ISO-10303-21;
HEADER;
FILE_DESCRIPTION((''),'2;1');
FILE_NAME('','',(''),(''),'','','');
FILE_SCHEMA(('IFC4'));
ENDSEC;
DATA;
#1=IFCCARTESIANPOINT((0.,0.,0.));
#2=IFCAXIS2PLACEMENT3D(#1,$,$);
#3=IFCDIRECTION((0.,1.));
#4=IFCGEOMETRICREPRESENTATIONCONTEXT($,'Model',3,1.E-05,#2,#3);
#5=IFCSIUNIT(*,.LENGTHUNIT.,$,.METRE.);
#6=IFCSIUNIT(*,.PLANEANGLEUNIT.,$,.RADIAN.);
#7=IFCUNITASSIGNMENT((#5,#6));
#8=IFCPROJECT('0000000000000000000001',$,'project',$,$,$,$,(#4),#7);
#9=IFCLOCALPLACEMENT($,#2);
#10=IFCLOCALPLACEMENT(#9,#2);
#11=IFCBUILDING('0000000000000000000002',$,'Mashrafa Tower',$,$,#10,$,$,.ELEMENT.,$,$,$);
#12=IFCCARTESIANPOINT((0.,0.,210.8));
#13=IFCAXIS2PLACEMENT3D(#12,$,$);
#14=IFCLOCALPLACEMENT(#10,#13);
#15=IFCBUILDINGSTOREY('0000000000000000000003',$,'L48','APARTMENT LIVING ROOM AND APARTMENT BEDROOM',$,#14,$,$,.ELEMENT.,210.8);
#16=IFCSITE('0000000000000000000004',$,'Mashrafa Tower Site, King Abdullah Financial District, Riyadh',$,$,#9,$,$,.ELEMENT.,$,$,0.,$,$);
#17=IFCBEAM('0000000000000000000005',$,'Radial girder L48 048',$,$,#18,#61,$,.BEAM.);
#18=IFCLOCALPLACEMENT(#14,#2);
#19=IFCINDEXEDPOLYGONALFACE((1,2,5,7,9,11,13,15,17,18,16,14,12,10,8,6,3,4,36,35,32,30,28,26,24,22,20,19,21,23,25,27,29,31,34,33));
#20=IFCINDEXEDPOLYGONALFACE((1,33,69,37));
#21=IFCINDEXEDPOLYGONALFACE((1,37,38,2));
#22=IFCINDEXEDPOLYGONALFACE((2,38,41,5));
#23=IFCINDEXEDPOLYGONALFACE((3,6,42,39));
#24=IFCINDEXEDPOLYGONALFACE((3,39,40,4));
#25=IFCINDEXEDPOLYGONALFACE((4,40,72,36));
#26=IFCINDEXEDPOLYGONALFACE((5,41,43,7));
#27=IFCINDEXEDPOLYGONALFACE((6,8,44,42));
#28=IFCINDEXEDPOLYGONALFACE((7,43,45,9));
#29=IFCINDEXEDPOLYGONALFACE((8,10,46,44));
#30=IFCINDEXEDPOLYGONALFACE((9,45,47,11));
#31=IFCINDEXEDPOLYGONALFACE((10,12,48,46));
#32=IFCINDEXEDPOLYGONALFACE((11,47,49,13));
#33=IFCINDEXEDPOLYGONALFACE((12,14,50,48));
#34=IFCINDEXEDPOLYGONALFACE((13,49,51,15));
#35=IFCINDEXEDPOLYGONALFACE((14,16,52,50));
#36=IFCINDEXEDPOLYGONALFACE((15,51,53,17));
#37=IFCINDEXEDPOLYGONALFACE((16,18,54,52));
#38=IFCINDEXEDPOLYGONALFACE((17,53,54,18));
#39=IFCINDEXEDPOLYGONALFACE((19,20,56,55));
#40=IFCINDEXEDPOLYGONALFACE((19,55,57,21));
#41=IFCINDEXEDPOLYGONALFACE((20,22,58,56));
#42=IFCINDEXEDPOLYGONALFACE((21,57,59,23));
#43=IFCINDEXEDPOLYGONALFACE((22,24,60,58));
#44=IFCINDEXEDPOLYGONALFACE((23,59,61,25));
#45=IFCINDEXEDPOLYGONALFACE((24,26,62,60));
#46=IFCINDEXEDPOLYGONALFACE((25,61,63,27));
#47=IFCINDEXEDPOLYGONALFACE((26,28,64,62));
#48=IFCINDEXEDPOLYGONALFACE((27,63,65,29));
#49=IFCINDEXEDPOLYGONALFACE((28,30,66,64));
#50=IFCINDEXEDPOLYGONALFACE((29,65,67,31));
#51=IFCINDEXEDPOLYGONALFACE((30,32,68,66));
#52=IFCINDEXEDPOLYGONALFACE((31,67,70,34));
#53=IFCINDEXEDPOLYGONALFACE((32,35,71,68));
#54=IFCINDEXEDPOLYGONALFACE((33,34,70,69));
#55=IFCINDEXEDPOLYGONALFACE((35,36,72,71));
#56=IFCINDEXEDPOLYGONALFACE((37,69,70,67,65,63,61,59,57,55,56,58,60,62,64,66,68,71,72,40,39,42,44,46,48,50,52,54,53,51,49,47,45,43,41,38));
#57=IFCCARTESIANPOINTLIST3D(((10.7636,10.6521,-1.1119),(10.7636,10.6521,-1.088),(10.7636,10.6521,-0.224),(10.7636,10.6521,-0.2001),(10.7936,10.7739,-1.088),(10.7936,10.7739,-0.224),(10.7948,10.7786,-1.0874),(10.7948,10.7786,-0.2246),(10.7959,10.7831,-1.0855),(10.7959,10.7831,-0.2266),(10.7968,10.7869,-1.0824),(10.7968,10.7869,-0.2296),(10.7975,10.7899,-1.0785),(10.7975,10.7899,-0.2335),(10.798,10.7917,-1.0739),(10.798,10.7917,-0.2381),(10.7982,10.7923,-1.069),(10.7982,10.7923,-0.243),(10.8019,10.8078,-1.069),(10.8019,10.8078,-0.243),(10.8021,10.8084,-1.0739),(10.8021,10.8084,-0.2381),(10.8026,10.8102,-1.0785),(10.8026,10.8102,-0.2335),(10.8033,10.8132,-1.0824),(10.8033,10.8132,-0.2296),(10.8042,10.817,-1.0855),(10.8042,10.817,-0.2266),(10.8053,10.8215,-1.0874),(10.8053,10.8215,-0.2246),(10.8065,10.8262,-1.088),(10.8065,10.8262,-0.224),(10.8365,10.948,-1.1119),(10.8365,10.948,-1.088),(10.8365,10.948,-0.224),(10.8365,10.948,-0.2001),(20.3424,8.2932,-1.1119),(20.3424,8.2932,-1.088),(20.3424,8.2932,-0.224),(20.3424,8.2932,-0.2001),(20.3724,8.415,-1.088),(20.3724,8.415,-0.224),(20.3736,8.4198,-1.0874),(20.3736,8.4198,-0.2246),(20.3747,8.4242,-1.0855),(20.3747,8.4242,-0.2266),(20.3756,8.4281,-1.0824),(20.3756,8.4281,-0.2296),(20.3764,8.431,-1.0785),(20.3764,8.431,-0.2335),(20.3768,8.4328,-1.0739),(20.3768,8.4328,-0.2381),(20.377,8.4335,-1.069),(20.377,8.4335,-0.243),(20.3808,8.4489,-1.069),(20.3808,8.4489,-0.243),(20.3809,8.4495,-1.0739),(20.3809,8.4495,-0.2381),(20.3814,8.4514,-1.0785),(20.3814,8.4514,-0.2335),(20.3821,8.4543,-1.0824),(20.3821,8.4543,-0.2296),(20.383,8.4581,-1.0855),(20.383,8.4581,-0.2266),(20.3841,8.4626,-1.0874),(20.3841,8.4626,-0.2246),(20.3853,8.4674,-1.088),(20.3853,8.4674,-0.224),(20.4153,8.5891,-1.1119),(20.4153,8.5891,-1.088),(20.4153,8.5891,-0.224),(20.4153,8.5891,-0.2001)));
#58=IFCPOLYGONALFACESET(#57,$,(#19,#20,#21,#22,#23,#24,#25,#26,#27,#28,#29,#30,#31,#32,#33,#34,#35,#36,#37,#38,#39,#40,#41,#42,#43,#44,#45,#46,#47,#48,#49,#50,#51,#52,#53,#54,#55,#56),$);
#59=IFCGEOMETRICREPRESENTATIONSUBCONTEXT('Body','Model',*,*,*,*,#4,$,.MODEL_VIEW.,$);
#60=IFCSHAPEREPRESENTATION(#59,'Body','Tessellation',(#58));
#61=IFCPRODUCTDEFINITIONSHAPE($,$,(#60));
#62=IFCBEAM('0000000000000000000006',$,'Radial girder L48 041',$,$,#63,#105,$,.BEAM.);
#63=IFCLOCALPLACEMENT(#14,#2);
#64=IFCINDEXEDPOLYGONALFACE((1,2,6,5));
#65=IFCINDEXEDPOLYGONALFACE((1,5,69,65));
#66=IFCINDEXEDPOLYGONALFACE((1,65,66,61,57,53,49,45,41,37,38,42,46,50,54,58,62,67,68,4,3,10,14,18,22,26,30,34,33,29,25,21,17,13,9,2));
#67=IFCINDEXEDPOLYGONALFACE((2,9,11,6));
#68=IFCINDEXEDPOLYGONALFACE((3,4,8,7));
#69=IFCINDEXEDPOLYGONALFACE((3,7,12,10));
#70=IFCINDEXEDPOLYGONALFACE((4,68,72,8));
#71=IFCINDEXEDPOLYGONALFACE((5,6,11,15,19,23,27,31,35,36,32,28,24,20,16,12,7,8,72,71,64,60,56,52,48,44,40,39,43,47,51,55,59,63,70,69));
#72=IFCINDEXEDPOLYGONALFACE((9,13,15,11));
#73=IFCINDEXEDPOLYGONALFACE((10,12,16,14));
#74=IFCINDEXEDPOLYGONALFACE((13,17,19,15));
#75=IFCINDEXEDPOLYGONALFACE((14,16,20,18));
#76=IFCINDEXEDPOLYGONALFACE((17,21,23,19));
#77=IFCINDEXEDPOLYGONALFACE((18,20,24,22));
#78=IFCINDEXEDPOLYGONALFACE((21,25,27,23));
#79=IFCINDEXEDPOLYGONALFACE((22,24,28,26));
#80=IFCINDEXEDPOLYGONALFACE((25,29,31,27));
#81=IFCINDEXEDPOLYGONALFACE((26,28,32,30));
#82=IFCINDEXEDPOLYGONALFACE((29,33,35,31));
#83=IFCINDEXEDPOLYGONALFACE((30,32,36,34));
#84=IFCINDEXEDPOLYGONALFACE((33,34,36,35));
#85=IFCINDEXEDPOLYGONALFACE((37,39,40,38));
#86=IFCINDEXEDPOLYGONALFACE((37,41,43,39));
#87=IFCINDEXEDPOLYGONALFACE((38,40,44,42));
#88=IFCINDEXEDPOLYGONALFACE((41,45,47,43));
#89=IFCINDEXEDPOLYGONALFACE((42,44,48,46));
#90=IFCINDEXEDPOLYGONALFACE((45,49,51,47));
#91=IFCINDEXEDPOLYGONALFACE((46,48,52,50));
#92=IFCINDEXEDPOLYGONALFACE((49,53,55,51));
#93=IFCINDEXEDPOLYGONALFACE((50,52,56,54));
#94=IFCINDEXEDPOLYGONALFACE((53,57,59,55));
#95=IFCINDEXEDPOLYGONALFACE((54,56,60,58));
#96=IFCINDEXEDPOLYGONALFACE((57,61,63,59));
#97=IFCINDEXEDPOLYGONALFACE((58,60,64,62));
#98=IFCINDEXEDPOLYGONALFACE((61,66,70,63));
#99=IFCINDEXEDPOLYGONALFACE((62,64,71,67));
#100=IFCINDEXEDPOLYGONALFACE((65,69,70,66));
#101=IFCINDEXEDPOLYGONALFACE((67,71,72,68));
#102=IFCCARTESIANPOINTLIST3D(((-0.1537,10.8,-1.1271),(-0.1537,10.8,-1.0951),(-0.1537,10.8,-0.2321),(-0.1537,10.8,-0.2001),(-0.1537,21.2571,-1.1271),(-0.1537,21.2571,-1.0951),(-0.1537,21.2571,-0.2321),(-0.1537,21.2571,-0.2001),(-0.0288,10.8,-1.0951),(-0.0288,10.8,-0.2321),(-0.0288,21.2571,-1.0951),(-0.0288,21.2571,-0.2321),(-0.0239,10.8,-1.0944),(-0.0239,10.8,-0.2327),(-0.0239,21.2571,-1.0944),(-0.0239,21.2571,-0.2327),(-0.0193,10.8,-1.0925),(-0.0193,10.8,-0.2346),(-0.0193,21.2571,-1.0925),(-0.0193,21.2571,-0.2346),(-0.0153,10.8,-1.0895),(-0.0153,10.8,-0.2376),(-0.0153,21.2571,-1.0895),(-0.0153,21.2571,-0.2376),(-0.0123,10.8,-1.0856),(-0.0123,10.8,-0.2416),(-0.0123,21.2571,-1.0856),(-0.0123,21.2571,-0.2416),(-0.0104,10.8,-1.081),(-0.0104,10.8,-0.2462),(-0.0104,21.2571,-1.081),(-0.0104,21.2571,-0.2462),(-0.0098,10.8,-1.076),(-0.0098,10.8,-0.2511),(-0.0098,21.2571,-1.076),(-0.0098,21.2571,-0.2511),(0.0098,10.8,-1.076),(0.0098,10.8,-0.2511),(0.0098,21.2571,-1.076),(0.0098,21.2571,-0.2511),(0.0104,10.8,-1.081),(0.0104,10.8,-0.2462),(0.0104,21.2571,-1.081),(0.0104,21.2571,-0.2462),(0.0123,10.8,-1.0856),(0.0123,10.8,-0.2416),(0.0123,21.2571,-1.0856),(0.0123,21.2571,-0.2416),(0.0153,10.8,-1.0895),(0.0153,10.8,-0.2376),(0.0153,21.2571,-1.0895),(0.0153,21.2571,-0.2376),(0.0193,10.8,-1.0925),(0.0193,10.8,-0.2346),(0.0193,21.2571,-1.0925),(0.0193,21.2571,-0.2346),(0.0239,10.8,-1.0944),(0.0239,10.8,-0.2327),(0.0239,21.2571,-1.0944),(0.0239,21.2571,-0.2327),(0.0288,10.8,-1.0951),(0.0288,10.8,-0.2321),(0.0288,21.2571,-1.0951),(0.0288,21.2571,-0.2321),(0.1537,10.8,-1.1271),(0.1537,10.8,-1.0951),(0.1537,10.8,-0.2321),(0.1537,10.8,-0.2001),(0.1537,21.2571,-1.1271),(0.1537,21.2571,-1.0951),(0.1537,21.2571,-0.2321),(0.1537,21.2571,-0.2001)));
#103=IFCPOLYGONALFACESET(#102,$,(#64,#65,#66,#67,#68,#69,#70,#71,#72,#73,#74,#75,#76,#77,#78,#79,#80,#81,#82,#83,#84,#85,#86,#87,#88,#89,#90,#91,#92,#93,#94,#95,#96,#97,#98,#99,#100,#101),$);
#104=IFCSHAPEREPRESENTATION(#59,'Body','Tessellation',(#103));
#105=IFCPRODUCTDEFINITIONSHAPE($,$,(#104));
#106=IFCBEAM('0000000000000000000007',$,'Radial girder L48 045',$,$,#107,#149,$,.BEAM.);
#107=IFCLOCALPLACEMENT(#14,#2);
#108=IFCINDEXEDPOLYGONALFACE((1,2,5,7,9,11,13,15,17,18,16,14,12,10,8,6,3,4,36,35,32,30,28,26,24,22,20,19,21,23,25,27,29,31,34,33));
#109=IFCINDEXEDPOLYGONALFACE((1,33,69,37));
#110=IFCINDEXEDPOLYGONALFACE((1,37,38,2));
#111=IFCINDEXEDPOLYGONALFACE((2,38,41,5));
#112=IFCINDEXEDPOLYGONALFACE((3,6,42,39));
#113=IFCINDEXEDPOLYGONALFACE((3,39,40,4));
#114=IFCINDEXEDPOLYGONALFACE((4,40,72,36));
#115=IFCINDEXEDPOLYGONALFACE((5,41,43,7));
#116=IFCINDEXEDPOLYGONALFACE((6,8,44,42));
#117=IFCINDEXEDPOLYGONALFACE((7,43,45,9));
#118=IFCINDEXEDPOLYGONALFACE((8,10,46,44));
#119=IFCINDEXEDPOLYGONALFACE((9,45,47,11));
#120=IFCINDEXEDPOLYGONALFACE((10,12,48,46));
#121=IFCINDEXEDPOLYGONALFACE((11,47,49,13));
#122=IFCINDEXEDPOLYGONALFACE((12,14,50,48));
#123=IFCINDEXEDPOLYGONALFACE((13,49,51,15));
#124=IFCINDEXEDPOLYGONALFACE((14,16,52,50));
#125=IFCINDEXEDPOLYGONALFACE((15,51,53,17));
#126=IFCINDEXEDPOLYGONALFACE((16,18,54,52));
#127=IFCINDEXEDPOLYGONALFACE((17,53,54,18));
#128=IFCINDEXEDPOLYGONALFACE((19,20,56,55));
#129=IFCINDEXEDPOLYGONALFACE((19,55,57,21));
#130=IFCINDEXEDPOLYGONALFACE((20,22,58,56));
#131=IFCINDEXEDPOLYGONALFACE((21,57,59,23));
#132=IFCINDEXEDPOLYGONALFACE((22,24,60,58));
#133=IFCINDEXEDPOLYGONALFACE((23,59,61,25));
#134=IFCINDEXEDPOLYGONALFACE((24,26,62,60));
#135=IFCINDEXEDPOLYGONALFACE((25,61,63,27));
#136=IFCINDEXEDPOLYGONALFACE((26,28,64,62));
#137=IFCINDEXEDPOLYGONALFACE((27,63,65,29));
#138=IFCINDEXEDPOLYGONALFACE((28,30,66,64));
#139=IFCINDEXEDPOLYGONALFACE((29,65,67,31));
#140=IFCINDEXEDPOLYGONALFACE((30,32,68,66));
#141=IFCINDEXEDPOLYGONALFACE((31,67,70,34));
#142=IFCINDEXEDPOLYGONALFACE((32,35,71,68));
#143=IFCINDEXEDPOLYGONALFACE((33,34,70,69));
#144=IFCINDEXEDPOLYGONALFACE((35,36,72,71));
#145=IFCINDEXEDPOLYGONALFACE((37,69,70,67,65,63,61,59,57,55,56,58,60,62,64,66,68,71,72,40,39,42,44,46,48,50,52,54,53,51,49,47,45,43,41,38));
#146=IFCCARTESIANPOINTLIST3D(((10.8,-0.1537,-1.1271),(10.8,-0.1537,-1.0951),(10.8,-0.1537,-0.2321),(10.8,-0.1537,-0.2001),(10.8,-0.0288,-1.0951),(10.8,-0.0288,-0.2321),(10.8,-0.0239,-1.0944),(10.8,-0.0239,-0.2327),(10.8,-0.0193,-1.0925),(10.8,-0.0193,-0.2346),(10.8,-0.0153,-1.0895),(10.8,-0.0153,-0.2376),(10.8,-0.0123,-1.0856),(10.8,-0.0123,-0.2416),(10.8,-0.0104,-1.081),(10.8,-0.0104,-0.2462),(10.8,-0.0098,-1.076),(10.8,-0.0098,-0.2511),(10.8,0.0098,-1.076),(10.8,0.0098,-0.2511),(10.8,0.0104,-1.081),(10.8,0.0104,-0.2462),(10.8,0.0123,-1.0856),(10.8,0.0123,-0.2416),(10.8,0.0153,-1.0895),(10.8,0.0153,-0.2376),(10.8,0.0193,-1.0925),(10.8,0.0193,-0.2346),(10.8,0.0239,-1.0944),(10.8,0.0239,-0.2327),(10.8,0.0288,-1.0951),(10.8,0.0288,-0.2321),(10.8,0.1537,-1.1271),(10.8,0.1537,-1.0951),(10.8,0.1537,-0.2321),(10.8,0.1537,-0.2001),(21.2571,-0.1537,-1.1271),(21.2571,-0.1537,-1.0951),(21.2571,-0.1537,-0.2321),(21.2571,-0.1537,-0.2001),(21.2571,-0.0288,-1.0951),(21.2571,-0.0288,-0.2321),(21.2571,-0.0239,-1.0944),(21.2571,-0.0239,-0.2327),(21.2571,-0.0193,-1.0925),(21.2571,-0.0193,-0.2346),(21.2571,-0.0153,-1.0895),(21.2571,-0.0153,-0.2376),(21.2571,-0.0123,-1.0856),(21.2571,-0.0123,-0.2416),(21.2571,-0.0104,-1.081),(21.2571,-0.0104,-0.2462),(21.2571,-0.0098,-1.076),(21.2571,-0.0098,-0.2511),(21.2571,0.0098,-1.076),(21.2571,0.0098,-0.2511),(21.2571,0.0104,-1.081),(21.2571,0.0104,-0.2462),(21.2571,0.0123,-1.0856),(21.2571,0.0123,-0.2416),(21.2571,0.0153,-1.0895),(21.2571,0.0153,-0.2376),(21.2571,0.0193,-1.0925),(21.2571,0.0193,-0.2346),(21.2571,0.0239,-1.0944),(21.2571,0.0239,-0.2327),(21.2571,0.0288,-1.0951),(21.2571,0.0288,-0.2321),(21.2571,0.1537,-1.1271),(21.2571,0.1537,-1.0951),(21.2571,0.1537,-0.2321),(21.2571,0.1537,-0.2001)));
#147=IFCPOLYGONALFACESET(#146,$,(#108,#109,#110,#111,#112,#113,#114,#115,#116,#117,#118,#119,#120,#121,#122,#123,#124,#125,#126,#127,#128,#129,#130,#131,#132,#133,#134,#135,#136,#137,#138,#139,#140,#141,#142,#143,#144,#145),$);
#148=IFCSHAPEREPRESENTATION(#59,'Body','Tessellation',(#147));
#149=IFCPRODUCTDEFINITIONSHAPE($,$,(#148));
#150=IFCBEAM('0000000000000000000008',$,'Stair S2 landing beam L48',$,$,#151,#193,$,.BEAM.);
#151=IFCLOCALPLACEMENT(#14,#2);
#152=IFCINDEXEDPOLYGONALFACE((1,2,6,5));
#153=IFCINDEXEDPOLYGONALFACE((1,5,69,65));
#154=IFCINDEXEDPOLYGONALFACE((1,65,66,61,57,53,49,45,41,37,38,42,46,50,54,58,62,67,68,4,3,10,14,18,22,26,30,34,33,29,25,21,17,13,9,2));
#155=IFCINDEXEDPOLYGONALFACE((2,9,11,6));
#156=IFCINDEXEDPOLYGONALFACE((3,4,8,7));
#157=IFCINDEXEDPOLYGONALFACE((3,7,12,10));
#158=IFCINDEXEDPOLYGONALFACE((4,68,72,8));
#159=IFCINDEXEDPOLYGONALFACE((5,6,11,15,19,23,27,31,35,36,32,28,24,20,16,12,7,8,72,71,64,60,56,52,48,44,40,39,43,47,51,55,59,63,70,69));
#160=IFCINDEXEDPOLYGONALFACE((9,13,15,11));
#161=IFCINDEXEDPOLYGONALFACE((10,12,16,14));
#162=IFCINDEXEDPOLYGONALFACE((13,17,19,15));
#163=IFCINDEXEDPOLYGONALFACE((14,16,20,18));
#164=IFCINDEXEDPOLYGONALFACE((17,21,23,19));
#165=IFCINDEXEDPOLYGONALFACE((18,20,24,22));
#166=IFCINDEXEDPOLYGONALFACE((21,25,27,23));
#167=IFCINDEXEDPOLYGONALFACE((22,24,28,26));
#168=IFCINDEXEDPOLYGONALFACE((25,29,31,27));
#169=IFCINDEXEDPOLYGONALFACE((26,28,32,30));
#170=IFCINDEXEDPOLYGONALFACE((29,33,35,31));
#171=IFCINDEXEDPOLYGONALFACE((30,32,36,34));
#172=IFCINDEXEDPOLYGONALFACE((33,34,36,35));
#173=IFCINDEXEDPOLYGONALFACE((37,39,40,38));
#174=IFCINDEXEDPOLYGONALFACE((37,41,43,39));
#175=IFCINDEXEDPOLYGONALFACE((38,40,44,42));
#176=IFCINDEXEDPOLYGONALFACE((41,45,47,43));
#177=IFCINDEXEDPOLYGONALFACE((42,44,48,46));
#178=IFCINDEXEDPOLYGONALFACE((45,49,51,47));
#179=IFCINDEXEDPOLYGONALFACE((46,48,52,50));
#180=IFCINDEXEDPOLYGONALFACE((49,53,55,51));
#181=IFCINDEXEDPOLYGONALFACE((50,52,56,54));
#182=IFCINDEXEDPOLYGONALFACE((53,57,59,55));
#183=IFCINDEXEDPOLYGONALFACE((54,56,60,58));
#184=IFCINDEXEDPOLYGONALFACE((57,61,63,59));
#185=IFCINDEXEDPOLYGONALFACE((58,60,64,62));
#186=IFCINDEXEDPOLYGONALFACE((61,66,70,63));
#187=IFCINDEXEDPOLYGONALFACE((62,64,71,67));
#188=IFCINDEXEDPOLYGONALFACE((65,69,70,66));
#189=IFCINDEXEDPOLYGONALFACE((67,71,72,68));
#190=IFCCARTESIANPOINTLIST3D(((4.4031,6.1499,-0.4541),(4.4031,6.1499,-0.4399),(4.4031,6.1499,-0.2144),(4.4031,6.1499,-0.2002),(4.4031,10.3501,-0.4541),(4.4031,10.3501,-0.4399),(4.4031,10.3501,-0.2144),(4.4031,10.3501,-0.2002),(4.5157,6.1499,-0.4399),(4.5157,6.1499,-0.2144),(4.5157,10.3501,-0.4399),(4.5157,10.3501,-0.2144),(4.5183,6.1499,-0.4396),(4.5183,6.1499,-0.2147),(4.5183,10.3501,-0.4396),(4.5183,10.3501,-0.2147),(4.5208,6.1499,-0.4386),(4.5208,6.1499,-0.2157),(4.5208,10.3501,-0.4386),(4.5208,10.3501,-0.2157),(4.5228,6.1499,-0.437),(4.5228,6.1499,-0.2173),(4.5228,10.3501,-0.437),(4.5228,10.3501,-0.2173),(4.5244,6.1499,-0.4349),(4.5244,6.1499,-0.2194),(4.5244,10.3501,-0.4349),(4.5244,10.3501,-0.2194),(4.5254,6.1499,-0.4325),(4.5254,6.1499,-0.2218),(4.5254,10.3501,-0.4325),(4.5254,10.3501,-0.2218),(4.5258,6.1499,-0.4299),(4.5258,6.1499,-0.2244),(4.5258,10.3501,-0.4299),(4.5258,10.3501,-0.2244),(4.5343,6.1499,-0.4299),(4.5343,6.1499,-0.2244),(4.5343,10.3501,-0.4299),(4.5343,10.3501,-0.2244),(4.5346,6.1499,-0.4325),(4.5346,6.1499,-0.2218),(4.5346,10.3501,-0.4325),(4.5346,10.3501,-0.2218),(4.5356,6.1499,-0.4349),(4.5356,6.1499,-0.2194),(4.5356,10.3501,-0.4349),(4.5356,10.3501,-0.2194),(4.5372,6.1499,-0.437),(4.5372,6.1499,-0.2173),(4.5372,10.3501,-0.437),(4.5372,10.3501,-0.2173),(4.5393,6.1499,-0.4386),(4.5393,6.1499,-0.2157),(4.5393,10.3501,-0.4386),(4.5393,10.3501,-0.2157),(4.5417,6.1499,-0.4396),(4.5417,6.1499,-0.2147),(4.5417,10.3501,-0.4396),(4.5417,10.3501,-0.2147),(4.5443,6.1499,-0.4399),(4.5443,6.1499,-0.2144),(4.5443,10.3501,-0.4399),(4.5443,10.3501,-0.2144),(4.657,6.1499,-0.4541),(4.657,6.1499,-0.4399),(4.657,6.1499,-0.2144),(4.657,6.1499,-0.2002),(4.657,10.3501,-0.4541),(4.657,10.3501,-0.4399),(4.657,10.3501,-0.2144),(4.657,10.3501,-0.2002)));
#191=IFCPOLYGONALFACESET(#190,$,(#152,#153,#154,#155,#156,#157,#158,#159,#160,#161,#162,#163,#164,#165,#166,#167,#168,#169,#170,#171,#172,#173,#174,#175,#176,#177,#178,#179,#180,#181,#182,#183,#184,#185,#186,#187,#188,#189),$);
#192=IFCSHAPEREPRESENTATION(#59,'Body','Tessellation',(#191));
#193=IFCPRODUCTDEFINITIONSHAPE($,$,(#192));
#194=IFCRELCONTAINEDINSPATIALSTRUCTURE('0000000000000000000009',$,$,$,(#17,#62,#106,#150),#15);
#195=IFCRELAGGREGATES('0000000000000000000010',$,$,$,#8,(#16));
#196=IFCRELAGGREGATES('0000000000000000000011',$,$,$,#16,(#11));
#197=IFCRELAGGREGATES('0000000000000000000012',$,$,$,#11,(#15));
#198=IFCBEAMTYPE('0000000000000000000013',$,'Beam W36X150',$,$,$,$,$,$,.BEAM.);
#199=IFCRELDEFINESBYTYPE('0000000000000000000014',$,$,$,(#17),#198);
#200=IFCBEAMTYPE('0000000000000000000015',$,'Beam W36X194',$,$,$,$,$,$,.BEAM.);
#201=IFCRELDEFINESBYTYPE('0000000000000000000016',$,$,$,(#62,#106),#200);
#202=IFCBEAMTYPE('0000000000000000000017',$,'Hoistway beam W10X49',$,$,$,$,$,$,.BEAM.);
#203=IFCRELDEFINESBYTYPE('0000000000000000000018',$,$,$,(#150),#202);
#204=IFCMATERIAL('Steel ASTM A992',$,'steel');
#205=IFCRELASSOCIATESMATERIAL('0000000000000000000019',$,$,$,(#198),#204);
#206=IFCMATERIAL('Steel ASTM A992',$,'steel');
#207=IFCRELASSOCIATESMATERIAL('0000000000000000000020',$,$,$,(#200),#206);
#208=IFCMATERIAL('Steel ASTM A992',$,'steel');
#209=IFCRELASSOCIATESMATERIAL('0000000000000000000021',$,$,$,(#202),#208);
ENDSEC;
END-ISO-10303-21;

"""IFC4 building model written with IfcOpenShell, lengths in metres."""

from ifc_helpers import new_model, si_unit, direction, frame, origin, origin_2d, place, context, subcontext, project, spatial, i_section, extrude, material, material_profile, profile_set, type_object, element, save


model = new_model("IFC4")

# Units and contexts
model_context = context("Model", 3, precision=1e-05, world=origin(), true_north=direction((0.0, 1.0)))
body_context = subcontext(model_context, "Body", "Model", "MODEL_VIEW")
ifc_project = project(units=[si_unit("LENGTHUNIT", "METRE"), si_unit("PLANEANGLEUNIT", "RADIAN")], contexts=[model_context])

# Site, building, storey
site_placement = place(None, origin())
site = spatial("IfcSite", under=ifc_project, at=site_placement, Name="Mashrafa Tower Site, King Abdullah Financial District, Riyadh", CompositionType="ELEMENT", RefElevation=0.0)
building_placement = place(site_placement, origin())
building = spatial("IfcBuilding", under=site, at=building_placement, Name="Mashrafa Tower", CompositionType="ELEMENT")
storey_placement = place(building_placement, frame((0.0, 0.0, 210.8)))
storey = spatial("IfcBuildingStorey", under=building, at=storey_placement, Name="L48", Description="APARTMENT LIVING ROOM AND APARTMENT BEDROOM", CompositionType="ELEMENT", Elevation=210.8)

# Beams
ifc_material_1 = material(Name="Steel ASTM A992", Category="steel")
ifc_material_profile_1 = material_profile(ifc_material_1, i_section(OverallWidth=0.3047, OverallDepth=0.9119, WebThickness=0.0159, FlangeThickness=0.0239, FilletRadius=0.019, at=origin_2d()), Name="W36X150")
ifc_profile_set_1 = profile_set([ifc_material_profile_1], Name="Steel ASTM A992")
beam_type_1 = type_object("IfcBeamType", Name="Beam W36X150", PredefinedType="BEAM", material=ifc_profile_set_1)
for number, where, z_axis, x_axis, name in (
    (1, (10.8, 10.8, -0.656), (0.970991, -0.239116, 0.0), (0.239116, 0.970991, 0.0), "Radial girder L48 048"),
):
    element("IfcBeam", number, at=place(storey_placement, frame(where, z_axis=z_axis, x_axis=x_axis)), inside=storey, type_object=beam_type_1, Name=name, PredefinedType="BEAM", context=body_context, shape_type="SweptSolid", body=[
        extrude(i_section(OverallWidth=0.3047, OverallDepth=0.9119, WebThickness=0.0159, FlangeThickness=0.0239, FilletRadius=0.019, at=origin_2d()), origin(), (0.0, 0.0, 1.0), 9.865),
    ])
ifc_material_2 = material(Name="Steel ASTM A992", Category="steel")
ifc_material_profile_2 = material_profile(ifc_material_2, i_section(OverallWidth=0.3074, OverallDepth=0.927, WebThickness=0.0195, FlangeThickness=0.032, FilletRadius=0.019, at=origin_2d()), Name="W36X194")
ifc_profile_set_2 = profile_set([ifc_material_profile_2], Name="Steel ASTM A992")
beam_type_2 = type_object("IfcBeamType", Name="Beam W36X194", PredefinedType="BEAM", material=ifc_profile_set_2)
for number, where, z_axis, x_axis, name in (
    (2, (0.0, 10.8, -0.6636), (0.0, 1.0, 0.0), (-1.0, 0.0, 0.0), "Radial girder L48 041"),
    (3, (10.8, 0.0, -0.6636), (1.0, 0.0, 0.0), (0.0, 1.0, 0.0), "Radial girder L48 045"),
):
    element("IfcBeam", number, at=place(storey_placement, frame(where, z_axis=z_axis, x_axis=x_axis)), inside=storey, type_object=beam_type_2, Name=name, PredefinedType="BEAM", context=body_context, shape_type="SweptSolid", body=[
        extrude(i_section(OverallWidth=0.3074, OverallDepth=0.927, WebThickness=0.0195, FlangeThickness=0.032, FilletRadius=0.019, at=origin_2d()), origin(), (0.0, 0.0, 1.0), 10.457),
    ])
ifc_material_3 = material(Name="Steel ASTM A992", Category="steel")
ifc_material_profile_3 = material_profile(ifc_material_3, i_section(OverallWidth=0.2539, OverallDepth=0.2539, WebThickness=0.0085, FlangeThickness=0.0142, FilletRadius=0.01, at=origin_2d()), Name="W10X49")
ifc_profile_set_3 = profile_set([ifc_material_profile_3], Name="Steel ASTM A992")
beam_type_3 = type_object("IfcBeamType", Name="Hoistway beam W10X49", PredefinedType="BEAM", material=ifc_profile_set_3)
beam_1_placement = place(storey_placement, frame((4.53, 6.1499, -0.3271), z_axis=(0.0, 1.0, 0.0), x_axis=(-1.0, 0.0, 0.0)))
element("IfcBeam", 4, at=beam_1_placement, inside=storey, type_object=beam_type_3, Name="Stair S2 landing beam L48", PredefinedType="BEAM", context=body_context, shape_type="SweptSolid", body=[
    extrude(i_section(OverallWidth=0.2539, OverallDepth=0.2539, WebThickness=0.0085, FlangeThickness=0.0142, FilletRadius=0.01, at=origin_2d()), origin(), (0.0, 0.0, 1.0), 4.2002),
])

save(model, "model.ifc")
